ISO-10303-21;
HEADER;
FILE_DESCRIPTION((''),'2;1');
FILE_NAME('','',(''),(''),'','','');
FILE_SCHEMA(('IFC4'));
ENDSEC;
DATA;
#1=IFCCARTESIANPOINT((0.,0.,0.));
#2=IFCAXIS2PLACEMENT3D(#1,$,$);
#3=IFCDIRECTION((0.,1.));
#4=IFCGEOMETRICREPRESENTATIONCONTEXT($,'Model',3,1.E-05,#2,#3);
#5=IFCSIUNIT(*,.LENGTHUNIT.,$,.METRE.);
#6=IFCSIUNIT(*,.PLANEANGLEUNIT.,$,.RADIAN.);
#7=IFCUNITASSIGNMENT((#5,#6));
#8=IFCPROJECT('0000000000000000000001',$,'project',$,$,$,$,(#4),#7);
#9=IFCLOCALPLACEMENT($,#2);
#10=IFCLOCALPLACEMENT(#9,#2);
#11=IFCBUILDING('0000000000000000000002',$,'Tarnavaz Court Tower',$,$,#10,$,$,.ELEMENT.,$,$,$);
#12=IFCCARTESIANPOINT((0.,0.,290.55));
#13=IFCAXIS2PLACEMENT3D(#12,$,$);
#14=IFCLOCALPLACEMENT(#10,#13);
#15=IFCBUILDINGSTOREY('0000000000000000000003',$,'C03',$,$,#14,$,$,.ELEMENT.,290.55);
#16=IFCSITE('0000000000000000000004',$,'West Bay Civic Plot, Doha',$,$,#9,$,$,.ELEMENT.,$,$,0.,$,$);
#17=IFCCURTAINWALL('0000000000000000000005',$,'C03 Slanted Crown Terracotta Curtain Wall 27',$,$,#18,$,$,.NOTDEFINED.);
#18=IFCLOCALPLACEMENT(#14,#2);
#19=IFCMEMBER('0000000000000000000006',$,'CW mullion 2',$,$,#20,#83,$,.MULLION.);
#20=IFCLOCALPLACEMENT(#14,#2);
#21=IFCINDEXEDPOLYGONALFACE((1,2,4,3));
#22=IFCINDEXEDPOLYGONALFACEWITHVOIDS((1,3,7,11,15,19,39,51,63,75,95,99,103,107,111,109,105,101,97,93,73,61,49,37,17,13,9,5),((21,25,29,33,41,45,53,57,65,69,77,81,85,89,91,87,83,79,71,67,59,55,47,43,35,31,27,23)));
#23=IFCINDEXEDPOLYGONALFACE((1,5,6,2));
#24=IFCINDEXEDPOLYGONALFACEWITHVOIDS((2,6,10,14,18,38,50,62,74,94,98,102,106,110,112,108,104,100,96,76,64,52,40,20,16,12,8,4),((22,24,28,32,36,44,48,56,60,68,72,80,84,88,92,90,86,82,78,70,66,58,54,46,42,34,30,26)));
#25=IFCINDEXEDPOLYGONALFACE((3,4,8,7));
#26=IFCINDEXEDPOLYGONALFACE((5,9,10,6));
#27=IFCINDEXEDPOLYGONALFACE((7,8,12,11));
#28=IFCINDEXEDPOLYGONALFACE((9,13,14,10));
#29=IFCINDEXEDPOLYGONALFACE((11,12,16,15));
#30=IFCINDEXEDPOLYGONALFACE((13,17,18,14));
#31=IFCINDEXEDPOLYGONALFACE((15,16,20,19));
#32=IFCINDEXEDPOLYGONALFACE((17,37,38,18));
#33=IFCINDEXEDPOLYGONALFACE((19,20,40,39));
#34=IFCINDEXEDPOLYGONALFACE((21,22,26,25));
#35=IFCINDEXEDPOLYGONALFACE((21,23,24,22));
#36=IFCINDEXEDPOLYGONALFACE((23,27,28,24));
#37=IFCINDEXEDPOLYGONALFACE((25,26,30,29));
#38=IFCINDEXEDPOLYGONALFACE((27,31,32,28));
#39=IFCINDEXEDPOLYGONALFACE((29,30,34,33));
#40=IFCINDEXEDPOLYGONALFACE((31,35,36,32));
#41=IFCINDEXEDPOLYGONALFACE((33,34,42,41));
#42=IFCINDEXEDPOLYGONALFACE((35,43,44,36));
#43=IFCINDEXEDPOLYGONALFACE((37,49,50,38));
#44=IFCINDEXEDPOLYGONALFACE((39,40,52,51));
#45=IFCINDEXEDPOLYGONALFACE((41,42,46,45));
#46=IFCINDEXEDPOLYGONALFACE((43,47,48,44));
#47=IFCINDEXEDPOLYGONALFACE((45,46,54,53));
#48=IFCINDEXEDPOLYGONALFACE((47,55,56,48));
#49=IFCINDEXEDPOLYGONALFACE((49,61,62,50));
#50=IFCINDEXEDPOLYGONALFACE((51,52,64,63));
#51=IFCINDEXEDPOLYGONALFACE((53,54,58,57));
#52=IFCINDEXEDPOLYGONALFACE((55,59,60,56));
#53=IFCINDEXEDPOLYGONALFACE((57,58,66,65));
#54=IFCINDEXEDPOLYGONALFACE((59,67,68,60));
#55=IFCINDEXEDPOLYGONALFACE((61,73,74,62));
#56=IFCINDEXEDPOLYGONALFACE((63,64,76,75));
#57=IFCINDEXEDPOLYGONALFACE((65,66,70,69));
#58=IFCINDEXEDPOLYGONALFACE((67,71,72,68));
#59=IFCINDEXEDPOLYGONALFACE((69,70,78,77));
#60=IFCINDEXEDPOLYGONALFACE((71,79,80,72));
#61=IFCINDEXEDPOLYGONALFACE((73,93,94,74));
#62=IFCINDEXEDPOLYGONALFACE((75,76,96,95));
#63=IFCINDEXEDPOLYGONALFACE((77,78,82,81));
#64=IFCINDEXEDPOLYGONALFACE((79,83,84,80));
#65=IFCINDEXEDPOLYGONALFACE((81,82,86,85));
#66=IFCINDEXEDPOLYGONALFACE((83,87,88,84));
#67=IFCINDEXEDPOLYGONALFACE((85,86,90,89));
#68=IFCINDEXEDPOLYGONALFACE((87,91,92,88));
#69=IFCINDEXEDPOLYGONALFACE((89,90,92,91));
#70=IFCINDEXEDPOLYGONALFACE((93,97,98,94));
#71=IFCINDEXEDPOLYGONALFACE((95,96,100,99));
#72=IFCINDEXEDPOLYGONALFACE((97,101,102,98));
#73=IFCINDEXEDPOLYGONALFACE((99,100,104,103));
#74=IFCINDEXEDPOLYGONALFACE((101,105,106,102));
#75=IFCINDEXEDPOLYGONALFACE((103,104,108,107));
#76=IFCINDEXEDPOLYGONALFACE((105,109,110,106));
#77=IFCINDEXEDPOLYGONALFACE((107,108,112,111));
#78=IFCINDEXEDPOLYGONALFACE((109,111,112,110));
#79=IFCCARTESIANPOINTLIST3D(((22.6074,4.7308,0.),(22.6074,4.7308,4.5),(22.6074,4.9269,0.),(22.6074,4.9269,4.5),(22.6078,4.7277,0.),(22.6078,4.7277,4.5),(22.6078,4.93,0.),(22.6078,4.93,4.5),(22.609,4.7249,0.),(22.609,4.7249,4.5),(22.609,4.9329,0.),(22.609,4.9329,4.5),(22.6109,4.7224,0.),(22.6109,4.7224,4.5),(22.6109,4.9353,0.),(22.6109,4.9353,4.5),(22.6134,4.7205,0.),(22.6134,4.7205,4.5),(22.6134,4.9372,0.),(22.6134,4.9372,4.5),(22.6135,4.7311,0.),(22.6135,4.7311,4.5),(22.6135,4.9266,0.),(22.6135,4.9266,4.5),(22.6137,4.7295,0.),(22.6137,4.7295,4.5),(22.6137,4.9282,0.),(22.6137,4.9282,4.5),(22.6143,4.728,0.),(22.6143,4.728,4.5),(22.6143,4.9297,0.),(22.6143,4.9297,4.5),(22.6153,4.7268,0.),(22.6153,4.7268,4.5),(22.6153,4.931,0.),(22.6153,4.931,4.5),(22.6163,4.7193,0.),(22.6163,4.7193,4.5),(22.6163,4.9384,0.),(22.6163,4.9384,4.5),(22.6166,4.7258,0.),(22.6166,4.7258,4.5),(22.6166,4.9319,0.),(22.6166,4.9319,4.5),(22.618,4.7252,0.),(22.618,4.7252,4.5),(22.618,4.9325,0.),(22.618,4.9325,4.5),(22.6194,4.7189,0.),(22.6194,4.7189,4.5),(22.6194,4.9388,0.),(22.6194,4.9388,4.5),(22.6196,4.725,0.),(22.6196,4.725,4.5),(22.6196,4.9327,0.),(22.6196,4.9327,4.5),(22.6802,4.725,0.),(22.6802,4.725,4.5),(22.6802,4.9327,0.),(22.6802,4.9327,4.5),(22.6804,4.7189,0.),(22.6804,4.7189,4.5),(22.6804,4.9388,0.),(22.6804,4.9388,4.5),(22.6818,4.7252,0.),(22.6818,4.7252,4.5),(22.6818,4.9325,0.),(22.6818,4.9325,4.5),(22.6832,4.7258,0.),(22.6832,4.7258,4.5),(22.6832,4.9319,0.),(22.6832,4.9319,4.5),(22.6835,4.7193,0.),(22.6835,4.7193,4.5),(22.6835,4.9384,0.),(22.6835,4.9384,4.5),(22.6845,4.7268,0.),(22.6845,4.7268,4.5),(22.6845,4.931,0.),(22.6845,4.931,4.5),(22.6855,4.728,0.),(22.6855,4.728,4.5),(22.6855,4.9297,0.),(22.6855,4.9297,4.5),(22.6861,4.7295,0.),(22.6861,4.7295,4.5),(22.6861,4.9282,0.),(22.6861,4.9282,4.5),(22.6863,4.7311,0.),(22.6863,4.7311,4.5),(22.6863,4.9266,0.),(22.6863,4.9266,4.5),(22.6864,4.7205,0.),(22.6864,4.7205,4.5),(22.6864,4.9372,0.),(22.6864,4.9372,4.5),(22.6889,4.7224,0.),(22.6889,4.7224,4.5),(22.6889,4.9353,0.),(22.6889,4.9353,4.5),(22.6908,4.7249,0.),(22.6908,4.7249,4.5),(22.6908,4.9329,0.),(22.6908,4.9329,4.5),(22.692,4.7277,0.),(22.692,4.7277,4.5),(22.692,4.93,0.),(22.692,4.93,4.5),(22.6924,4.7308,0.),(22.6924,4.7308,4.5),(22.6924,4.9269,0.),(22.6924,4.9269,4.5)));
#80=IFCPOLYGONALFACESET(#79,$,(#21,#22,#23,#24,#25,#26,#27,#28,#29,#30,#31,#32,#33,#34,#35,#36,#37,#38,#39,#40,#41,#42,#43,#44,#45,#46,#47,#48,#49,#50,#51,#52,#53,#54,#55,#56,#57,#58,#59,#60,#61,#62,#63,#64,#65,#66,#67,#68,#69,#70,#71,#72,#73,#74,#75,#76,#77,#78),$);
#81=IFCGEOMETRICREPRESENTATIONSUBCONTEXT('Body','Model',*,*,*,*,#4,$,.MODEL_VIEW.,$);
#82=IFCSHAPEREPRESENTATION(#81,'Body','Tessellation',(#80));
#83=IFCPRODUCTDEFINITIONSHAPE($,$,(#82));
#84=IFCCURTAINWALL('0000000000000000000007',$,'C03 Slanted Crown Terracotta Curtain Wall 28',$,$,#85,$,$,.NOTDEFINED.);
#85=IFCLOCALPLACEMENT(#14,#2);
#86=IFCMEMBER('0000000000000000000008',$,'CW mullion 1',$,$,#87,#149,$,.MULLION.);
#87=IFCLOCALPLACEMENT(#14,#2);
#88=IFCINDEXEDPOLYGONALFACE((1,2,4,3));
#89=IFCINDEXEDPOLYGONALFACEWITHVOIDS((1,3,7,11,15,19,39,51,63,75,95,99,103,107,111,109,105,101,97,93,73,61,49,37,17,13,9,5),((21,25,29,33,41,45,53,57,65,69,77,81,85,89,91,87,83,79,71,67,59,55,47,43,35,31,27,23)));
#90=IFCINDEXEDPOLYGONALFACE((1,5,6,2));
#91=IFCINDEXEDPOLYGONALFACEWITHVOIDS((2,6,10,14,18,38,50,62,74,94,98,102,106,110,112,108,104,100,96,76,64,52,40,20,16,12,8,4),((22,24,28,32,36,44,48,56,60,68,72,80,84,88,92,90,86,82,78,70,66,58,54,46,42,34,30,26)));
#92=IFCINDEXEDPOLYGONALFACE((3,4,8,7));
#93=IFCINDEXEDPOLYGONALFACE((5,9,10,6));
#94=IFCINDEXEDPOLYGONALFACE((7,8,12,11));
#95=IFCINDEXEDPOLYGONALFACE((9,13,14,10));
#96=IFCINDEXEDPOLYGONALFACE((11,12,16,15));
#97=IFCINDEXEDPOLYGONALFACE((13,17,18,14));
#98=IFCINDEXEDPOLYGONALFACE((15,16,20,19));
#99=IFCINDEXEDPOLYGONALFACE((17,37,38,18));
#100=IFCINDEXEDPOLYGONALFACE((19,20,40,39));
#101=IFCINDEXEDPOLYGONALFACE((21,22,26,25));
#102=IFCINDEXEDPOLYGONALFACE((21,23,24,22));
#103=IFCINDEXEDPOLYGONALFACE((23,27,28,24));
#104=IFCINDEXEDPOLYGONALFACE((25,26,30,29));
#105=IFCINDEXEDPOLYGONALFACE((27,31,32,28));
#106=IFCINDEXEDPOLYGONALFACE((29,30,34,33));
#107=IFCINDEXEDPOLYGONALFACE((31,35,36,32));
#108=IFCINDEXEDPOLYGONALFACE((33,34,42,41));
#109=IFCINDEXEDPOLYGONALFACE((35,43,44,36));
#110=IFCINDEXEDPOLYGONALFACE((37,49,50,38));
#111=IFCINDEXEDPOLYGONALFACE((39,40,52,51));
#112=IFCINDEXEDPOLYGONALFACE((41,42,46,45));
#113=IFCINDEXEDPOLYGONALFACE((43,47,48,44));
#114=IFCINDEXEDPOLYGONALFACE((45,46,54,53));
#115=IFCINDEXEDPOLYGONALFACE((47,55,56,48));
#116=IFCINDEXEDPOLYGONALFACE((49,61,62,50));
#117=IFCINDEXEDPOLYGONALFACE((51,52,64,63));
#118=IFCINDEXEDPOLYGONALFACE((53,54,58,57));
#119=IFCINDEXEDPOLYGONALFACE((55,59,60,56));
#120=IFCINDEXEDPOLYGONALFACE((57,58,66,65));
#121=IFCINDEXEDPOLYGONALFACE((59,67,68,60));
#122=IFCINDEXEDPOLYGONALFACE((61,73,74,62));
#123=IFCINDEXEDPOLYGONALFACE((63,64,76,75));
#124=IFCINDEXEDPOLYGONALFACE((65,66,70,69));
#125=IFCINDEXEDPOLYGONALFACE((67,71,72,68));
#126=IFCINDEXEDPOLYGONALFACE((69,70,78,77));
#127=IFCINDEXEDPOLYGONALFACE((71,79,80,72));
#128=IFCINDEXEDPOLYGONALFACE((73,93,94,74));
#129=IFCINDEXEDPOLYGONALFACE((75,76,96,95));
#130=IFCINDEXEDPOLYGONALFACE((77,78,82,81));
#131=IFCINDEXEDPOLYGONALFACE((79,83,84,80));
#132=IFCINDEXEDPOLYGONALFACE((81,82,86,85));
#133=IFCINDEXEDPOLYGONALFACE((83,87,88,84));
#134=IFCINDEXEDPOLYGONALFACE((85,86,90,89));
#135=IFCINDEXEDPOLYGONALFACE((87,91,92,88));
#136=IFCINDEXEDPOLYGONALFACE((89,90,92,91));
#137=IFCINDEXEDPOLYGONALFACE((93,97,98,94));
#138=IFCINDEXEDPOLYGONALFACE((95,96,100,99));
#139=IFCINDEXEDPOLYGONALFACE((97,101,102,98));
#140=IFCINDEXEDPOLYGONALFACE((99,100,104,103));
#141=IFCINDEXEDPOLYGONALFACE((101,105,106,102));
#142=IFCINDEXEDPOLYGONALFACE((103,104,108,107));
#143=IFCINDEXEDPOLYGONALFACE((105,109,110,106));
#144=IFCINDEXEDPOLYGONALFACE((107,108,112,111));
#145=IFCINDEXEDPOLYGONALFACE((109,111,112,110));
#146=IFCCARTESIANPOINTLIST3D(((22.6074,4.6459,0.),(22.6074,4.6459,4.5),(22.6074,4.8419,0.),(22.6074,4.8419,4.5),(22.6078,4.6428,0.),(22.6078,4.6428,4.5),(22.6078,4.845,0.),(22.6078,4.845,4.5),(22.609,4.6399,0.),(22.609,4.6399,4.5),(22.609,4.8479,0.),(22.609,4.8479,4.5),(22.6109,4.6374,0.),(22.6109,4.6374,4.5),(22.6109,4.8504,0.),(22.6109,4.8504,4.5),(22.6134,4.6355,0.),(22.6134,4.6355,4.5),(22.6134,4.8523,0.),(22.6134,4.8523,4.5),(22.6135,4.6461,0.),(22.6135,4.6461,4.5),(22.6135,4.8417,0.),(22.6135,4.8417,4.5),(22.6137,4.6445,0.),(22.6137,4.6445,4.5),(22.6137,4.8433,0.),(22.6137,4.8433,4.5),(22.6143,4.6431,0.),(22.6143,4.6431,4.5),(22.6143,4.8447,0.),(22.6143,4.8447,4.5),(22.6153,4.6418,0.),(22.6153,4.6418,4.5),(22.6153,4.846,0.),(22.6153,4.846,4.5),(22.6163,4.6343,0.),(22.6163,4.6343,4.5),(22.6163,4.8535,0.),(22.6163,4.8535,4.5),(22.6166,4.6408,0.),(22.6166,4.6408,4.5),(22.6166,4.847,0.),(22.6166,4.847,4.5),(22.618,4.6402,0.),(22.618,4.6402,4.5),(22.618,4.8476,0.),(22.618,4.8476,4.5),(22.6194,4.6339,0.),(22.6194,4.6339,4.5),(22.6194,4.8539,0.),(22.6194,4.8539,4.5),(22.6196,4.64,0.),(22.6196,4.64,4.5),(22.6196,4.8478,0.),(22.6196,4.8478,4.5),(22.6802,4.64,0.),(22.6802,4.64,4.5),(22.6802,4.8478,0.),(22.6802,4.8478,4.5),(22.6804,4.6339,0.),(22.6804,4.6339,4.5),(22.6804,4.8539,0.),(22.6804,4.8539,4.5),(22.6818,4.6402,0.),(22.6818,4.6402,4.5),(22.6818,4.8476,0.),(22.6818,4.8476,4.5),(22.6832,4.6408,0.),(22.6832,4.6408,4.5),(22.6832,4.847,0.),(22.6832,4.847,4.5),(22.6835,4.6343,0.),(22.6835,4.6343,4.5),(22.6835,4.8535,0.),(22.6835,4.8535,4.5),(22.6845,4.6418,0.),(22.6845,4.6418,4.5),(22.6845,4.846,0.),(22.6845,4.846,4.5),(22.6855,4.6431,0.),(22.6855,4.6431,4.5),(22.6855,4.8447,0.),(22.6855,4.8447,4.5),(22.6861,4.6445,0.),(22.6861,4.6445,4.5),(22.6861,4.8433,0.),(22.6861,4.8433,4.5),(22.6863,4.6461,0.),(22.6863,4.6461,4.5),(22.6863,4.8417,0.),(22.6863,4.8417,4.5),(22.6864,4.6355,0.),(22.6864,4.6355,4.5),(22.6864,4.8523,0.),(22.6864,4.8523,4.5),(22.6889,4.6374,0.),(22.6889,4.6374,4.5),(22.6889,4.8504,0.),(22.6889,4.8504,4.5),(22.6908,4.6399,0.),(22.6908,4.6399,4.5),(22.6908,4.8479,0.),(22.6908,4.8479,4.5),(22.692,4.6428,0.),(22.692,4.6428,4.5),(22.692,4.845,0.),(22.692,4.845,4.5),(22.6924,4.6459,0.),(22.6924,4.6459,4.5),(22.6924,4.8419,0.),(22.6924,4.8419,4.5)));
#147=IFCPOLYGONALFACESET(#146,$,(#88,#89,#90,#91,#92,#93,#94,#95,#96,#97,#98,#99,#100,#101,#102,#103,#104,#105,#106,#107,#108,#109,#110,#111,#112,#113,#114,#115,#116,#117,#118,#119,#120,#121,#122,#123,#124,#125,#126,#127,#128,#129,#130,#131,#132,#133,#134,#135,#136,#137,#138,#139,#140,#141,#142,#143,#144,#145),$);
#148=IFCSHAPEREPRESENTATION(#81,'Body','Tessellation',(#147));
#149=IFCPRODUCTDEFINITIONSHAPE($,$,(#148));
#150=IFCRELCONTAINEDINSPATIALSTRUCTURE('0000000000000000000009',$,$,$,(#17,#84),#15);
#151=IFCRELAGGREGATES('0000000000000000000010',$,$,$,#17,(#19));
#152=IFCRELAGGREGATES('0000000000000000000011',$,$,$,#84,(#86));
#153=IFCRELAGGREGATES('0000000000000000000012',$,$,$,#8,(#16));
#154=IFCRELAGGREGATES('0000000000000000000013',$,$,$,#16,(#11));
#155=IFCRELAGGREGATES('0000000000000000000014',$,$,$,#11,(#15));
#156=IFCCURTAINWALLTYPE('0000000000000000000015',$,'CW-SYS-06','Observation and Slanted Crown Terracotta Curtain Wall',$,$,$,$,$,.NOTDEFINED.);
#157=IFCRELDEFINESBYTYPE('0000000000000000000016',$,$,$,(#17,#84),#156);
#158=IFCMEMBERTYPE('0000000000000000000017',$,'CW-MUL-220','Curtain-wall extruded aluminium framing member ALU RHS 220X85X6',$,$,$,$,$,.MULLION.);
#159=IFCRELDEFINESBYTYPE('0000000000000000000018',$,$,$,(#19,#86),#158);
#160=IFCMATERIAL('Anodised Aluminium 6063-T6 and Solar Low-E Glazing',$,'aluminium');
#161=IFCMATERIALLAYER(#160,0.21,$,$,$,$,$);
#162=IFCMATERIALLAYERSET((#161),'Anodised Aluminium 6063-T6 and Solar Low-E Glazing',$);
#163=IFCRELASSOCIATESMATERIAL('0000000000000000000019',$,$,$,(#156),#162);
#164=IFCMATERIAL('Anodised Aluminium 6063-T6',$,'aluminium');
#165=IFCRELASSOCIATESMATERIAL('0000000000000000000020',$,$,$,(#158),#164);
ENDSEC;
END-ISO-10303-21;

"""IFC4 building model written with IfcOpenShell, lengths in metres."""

from ifc_helpers import new_model, si_unit, direction, frame, origin, origin_2d, place, context, subcontext, project, spatial, hollow_rectangle, extrude, material, layer, layer_set, material_profile, profile_set, type_object, element, aggregate, save


model = new_model("IFC4")

# Units and contexts
model_context = context("Model", 3, precision=1e-05, world=origin(), true_north=direction((0.0, 1.0)))
body_context = subcontext(model_context, "Body", "Model", "MODEL_VIEW")
ifc_project = project(units=[si_unit("LENGTHUNIT", "METRE"), si_unit("PLANEANGLEUNIT", "RADIAN")], contexts=[model_context])

# Site, building, storey
site_placement = place(None, origin())
site = spatial("IfcSite", under=ifc_project, at=site_placement, Name="West Bay Civic Plot, Doha", CompositionType="ELEMENT", RefElevation=0.0)
building_placement = place(site_placement, origin())
building = spatial("IfcBuilding", under=site, at=building_placement, Name="Tarnavaz Court Tower", CompositionType="ELEMENT")
storey_placement = place(building_placement, frame((0.0, 0.0, 290.55)))
storey = spatial("IfcBuildingStorey", under=building, at=storey_placement, Name="C03", CompositionType="ELEMENT", Elevation=290.55)

# Shared definitions
ifc_material_1 = material(Name="Anodised Aluminium 6063-T6 and Solar Low-E Glazing", Category="aluminium")
ifc_layer_1 = layer(ifc_material_1, 0.21)
ifc_layer_set_1 = layer_set([ifc_layer_1], Name="Anodised Aluminium 6063-T6 and Solar Low-E Glazing")
curtain_wall_type = type_object("IfcCurtainWallType", Name="CW-SYS-06", Description="Observation and Slanted Crown Terracotta Curtain Wall", PredefinedType="NOTDEFINED", material=ifc_layer_set_1)
ifc_material_2 = material(Name="Anodised Aluminium 6063-T6", Category="aluminium")
ifc_material_profile_1 = material_profile(ifc_material_2, hollow_rectangle(XDim=0.085, YDim=0.22, WallThickness=0.0061, InnerFilletRadius=0.0061, OuterFilletRadius=0.012, at=origin_2d()), Name="ALU RHS 220X85X6")
ifc_profile_set_1 = profile_set([ifc_material_profile_1], Name="Anodised Aluminium 6063-T6")
member_type_1 = type_object("IfcMemberType", Name="CW-MUL-220", Description="Curtain-wall extruded aluminium framing member ALU RHS 220X85X6", PredefinedType="MULLION", material=ifc_profile_set_1)

# Curtain walls, members
curtain_wall_1_placement = place(storey_placement, origin())
curtain_wall_1 = element("IfcCurtainWall", 1, at=curtain_wall_1_placement, inside=storey, type_object=curtain_wall_type, Name="C03 Slanted Crown Terracotta Curtain Wall 27", PredefinedType="NOTDEFINED")
member_1_placement = place(storey_placement, frame((22.6499, 4.8289, 0.0), z_axis=(0.0, 0.0, 1.0), x_axis=(1.0, 0.0, 0.0)))
member_1 = element("IfcMember", 2, at=member_1_placement, type_object=member_type_1, Name="CW mullion 2", PredefinedType="MULLION", context=body_context, shape_type="SweptSolid", body=[
    extrude(hollow_rectangle(XDim=0.085, YDim=0.22, WallThickness=0.0061, InnerFilletRadius=0.0061, OuterFilletRadius=0.012, at=origin_2d()), origin(), (0.0, 0.0, 1.0), 4.5),
])
curtain_wall_2_placement = place(storey_placement, origin())
curtain_wall_2 = element("IfcCurtainWall", 3, at=curtain_wall_2_placement, inside=storey, type_object=curtain_wall_type, Name="C03 Slanted Crown Terracotta Curtain Wall 28", PredefinedType="NOTDEFINED")
member_2_placement = place(storey_placement, frame((22.6499, 4.7439, 0.0), z_axis=(0.0, 0.0, 1.0), x_axis=(1.0, 0.0, 0.0)))
member_2 = element("IfcMember", 4, at=member_2_placement, type_object=member_type_1, Name="CW mullion 1", PredefinedType="MULLION", context=body_context, shape_type="SweptSolid", body=[
    extrude(hollow_rectangle(XDim=0.085, YDim=0.22, WallThickness=0.0061, InnerFilletRadius=0.0061, OuterFilletRadius=0.012, at=origin_2d()), origin(), (0.0, 0.0, 1.0), 4.5),
])

aggregate(curtain_wall_1, [member_1])
aggregate(curtain_wall_2, [member_2])

save(model, "model.ifc")
